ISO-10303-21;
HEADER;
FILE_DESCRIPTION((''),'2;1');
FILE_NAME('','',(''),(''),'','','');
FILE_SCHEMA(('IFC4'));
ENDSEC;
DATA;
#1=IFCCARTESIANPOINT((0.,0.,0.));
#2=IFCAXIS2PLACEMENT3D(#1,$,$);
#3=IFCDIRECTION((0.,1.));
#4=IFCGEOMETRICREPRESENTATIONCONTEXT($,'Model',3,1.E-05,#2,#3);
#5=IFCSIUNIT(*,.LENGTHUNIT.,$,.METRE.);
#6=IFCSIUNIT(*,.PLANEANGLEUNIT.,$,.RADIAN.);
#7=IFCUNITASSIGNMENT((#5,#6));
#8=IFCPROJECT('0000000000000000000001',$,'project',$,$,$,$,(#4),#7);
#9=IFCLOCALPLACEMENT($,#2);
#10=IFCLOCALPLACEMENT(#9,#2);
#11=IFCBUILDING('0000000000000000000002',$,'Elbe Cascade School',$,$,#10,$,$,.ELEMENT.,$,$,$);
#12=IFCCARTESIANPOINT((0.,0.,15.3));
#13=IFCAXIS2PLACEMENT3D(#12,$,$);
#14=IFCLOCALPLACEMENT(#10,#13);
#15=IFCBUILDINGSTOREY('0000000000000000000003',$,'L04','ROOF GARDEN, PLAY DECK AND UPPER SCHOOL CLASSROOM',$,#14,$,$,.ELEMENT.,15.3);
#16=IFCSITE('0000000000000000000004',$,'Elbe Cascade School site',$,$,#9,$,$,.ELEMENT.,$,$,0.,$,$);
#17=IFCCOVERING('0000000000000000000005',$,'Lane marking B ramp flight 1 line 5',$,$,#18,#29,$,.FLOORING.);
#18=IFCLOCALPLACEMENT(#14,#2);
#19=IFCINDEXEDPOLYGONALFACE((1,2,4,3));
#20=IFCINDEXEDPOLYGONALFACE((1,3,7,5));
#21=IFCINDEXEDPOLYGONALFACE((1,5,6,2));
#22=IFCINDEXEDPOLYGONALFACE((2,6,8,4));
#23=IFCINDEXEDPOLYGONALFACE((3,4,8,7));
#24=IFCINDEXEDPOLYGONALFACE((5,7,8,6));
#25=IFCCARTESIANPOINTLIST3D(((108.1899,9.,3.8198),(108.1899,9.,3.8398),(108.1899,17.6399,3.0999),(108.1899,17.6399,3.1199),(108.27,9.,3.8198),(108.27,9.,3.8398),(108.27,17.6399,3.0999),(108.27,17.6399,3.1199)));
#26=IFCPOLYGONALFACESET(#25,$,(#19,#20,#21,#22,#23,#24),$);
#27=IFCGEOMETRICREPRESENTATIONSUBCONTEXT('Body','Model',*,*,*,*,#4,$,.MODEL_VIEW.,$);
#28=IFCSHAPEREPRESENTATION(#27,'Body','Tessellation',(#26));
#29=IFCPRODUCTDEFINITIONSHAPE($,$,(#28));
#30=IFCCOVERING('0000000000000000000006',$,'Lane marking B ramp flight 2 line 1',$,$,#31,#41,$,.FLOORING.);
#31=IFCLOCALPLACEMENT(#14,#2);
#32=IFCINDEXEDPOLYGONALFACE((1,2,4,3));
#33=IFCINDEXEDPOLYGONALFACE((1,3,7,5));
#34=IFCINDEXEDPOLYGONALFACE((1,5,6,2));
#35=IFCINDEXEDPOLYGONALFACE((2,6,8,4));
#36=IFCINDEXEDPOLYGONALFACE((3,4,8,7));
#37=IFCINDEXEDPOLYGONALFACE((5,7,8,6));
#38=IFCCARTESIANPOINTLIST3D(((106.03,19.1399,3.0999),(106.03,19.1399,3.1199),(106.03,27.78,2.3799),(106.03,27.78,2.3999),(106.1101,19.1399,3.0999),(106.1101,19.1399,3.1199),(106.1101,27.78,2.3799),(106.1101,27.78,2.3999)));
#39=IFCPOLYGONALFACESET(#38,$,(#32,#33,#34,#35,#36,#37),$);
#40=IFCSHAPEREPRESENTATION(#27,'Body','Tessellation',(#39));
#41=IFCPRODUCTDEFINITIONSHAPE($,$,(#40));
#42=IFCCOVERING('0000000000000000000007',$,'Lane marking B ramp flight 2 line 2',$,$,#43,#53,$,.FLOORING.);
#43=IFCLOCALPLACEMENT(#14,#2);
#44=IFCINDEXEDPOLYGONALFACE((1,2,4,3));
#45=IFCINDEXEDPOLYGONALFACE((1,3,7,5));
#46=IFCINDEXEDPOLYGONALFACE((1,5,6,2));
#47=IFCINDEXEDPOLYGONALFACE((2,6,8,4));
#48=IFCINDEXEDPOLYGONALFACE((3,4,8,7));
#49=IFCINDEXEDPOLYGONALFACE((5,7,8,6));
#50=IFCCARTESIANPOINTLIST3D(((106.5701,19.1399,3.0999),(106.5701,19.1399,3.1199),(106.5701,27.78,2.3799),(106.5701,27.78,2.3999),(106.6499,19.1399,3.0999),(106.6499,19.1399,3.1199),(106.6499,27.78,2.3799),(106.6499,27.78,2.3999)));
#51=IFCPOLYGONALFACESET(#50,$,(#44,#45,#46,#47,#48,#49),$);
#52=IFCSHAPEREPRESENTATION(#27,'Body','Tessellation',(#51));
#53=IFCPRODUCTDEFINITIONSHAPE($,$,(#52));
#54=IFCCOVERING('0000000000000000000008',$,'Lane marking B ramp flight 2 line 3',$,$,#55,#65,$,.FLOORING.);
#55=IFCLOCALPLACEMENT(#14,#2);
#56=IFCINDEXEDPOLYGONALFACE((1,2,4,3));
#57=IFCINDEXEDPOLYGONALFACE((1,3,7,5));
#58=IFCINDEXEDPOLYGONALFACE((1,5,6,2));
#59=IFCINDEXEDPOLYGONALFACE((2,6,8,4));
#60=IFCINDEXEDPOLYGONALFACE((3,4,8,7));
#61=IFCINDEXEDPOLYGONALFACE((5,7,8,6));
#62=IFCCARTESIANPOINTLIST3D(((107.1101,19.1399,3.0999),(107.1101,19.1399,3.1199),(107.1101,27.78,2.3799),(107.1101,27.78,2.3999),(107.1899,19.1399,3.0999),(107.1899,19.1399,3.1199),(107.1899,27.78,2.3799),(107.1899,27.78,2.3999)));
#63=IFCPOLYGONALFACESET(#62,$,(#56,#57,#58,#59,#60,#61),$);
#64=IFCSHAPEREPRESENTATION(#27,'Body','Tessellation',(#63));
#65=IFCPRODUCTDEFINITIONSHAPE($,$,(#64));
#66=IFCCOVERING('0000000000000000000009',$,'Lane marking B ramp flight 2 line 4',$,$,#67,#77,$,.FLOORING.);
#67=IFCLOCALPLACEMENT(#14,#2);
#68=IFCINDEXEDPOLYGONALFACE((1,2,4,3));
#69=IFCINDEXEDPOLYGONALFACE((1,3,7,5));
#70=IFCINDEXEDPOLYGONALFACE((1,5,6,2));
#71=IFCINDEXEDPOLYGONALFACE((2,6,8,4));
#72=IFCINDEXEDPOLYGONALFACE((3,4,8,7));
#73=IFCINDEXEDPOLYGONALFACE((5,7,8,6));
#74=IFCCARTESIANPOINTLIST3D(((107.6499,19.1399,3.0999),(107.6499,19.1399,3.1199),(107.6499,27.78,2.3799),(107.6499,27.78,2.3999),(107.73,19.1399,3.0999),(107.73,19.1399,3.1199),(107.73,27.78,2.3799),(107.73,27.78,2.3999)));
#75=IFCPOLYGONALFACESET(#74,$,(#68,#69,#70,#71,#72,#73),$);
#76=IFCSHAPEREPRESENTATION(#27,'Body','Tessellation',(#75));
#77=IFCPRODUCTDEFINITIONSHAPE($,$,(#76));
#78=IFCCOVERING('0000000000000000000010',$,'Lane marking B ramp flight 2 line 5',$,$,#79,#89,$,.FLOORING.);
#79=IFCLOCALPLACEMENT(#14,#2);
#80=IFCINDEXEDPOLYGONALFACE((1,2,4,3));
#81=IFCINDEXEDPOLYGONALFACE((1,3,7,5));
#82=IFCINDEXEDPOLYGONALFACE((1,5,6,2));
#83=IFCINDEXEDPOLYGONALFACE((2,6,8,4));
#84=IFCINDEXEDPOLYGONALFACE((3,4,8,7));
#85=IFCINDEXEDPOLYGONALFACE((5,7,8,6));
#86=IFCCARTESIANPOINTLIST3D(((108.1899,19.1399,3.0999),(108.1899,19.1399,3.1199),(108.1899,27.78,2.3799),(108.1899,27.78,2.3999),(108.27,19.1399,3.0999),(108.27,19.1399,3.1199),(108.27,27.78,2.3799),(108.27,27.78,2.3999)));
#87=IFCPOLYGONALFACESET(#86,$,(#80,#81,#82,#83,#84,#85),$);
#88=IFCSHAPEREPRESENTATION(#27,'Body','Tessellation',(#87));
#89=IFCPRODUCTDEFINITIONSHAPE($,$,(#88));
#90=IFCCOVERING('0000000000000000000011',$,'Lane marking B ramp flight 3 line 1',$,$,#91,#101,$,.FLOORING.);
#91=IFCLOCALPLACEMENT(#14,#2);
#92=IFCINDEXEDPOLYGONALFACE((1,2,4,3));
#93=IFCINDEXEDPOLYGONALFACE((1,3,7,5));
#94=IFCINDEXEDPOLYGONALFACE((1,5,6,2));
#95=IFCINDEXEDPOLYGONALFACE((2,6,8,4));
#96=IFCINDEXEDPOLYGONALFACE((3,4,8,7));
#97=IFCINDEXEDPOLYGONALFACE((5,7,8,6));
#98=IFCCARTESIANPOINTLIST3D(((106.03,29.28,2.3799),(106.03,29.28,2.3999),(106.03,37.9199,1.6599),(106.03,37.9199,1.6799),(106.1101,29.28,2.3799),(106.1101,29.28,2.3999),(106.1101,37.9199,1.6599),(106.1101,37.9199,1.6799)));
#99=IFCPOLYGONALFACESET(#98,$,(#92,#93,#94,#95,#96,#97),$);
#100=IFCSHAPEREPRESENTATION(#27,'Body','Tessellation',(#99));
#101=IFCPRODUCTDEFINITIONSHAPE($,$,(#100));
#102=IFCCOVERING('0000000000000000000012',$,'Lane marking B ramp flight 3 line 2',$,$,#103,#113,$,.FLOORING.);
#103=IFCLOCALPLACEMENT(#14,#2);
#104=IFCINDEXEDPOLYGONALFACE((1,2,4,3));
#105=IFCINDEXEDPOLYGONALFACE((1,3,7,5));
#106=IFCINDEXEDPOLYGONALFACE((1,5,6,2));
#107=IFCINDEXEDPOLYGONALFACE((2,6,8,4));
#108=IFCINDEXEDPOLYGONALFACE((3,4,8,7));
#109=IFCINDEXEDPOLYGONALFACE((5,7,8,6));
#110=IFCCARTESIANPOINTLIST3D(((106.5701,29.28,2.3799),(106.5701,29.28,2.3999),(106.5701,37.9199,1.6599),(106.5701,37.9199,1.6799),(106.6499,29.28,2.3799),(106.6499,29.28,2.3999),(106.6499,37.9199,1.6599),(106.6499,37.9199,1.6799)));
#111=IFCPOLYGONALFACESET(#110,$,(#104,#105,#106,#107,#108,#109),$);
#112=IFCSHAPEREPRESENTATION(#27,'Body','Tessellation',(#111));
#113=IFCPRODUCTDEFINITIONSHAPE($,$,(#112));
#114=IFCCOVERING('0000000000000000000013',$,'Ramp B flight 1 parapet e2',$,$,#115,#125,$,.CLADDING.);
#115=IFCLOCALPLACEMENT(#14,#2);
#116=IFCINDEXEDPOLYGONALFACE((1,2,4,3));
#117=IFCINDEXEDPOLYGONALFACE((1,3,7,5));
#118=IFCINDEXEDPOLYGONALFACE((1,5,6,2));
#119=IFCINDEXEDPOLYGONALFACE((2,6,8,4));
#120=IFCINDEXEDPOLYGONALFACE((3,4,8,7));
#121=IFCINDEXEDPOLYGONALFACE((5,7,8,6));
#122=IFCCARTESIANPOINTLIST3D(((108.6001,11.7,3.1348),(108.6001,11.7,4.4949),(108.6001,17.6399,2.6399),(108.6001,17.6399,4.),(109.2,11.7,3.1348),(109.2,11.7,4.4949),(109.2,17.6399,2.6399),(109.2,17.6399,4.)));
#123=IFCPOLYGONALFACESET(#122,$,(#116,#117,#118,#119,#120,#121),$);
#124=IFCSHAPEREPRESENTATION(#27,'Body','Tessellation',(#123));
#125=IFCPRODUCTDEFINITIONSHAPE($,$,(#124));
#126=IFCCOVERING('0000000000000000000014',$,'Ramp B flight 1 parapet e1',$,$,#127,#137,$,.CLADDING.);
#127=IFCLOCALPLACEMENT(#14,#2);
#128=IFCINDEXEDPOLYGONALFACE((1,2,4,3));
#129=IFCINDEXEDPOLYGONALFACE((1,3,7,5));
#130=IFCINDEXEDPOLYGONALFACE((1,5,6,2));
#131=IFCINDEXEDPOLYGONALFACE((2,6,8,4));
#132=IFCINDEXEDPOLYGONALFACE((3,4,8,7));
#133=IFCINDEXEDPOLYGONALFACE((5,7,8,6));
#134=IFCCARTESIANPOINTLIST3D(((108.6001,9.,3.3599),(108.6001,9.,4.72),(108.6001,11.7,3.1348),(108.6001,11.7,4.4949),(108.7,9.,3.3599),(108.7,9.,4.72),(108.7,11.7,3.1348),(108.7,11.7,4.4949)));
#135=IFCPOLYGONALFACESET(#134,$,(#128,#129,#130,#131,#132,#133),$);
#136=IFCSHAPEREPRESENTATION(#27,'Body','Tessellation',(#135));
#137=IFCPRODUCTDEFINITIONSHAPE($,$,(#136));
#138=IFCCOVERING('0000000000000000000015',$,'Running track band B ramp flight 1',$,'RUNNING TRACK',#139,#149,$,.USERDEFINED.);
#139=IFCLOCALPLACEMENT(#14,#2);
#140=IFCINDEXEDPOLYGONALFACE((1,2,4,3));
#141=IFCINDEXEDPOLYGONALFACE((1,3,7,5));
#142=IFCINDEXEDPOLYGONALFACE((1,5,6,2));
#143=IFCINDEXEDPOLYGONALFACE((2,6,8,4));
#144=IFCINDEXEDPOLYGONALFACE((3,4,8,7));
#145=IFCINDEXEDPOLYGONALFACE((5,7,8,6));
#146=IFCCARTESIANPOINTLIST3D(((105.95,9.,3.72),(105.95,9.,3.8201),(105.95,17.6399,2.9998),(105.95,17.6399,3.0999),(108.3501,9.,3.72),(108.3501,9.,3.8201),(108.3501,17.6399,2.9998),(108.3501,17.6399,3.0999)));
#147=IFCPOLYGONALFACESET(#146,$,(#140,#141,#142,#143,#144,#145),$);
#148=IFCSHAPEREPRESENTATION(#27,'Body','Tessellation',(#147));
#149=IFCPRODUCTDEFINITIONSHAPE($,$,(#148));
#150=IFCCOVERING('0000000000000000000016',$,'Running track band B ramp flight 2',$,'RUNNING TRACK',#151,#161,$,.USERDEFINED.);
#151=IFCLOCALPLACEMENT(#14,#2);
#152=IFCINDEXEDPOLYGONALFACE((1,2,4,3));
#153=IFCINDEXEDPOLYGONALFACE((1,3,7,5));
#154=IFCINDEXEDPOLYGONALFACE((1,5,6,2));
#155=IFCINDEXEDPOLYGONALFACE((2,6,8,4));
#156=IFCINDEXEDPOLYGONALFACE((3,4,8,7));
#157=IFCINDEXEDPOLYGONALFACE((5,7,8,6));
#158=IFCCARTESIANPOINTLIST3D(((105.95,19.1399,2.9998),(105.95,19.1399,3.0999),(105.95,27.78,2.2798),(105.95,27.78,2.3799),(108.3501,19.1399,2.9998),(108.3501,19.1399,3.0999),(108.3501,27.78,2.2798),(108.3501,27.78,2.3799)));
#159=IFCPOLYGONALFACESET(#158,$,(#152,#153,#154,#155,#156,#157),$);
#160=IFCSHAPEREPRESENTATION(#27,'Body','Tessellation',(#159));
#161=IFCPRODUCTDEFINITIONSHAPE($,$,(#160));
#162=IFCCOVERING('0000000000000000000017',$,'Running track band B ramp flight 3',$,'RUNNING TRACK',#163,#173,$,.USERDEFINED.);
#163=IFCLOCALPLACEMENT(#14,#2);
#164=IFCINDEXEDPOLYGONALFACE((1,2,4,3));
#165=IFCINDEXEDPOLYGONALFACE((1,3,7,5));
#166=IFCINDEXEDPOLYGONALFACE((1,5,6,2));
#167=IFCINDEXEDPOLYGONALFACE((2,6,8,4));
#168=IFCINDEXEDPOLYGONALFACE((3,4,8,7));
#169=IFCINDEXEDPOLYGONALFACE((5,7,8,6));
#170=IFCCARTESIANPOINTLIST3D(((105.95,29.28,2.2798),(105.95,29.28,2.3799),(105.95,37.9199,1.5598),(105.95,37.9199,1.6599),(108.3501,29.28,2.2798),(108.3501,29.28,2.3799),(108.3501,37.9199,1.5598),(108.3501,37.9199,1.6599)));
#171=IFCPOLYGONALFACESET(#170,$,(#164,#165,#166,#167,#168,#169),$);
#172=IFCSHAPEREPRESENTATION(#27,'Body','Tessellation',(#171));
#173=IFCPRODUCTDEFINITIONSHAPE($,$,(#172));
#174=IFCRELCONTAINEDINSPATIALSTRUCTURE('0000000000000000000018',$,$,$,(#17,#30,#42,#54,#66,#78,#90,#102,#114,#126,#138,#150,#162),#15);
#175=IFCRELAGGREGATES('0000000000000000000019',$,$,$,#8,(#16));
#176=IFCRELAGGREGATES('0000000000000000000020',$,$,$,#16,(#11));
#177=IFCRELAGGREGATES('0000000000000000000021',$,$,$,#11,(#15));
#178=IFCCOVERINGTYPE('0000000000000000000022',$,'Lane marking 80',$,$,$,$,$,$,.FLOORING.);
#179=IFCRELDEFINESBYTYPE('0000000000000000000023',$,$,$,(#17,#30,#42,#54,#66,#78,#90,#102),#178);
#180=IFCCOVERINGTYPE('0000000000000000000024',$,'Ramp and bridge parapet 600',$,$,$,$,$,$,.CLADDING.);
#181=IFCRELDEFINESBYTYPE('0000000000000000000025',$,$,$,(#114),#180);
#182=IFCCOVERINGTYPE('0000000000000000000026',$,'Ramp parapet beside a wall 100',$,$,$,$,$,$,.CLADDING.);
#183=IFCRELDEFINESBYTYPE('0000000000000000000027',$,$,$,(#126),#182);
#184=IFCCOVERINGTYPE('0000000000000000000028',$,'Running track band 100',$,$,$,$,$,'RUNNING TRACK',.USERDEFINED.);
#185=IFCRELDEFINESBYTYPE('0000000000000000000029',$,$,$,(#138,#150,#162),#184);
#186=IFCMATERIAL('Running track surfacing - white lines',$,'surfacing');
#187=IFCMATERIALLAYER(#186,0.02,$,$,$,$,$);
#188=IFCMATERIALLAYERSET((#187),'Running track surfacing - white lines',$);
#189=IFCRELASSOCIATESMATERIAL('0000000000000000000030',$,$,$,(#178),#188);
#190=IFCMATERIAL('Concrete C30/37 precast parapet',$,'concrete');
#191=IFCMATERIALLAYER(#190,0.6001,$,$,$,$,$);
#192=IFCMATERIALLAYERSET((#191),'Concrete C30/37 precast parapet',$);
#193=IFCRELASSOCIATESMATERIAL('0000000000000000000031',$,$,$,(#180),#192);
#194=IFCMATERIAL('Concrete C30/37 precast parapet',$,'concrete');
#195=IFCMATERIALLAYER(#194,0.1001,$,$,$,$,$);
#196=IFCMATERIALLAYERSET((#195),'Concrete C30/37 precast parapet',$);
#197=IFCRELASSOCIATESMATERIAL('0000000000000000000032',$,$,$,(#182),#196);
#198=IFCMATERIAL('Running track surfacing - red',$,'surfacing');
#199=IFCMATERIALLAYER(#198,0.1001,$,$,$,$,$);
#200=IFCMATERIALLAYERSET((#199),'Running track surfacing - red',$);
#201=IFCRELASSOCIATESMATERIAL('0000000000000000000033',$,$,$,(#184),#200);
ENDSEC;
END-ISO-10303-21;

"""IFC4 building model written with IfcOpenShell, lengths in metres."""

from ifc_helpers import new_model, si_unit, direction, frame, origin, place, context, subcontext, project, spatial, polyline, outline, extrude, material, layer, layer_set, type_object, element, save


model = new_model("IFC4")

# Units and contexts
model_context = context("Model", 3, precision=1e-05, world=origin(), true_north=direction((0.0, 1.0)))
body_context = subcontext(model_context, "Body", "Model", "MODEL_VIEW")
ifc_project = project(units=[si_unit("LENGTHUNIT", "METRE"), si_unit("PLANEANGLEUNIT", "RADIAN")], contexts=[model_context])

# Site, building, storey
site_placement = place(None, origin())
site = spatial("IfcSite", under=ifc_project, at=site_placement, Name="Elbe Cascade School site", CompositionType="ELEMENT", RefElevation=0.0)
building_placement = place(site_placement, origin())
building = spatial("IfcBuilding", under=site, at=building_placement, Name="Elbe Cascade School", CompositionType="ELEMENT")
storey_placement = place(building_placement, frame((0.0, 0.0, 15.3)))
storey = spatial("IfcBuildingStorey", under=building, at=storey_placement, Name="L04", Description="ROOF GARDEN, PLAY DECK AND UPPER SCHOOL CLASSROOM", CompositionType="ELEMENT", Elevation=15.3)

# Coverings
ifc_material_1 = material(Name="Running track surfacing - white lines", Category="surfacing")
ifc_layer_1 = layer(ifc_material_1, 0.02)
ifc_layer_set_1 = layer_set([ifc_layer_1], Name="Running track surfacing - white lines")
covering_type_1 = type_object("IfcCoveringType", Name="Lane marking 80", PredefinedType="FLOORING", material=ifc_layer_set_1)
for number, where, z_axis, x_axis, name in (
    (1, (108.1899, 9.0, 3.8398), (0.0, 0.083043, 0.996546), (0.0, 0.996546, -0.083043), "Lane marking B ramp flight 1 line 5"),
):
    element("IfcCovering", number, at=place(storey_placement, frame(where, z_axis=z_axis, x_axis=x_axis)), inside=storey, type_object=covering_type_1, Name=name, PredefinedType="FLOORING", context=body_context, shape_type="SweptSolid", body=[
        extrude(outline(polyline([(0.0, 0.0), (8.6698, 0.0), (8.6698, -0.0801), (0.0, -0.0801), (0.0, 0.0)])), origin(), (0.083043, 0.0, -0.996546), 0.02),
    ])
covering_1_placement = place(storey_placement, frame((106.03, 19.1399, 3.1199), z_axis=(0.0, 0.083041, 0.996546), x_axis=(0.0, 0.996546, -0.083041)))
element("IfcCovering", 2, at=covering_1_placement, inside=storey, type_object=covering_type_1, Name="Lane marking B ramp flight 2 line 1", PredefinedType="FLOORING", context=body_context, shape_type="SweptSolid", body=[
    extrude(outline(polyline([(0.0, 0.0), (8.6701, 0.0), (8.6701, -0.0801), (0.0, -0.0801), (0.0, 0.0)])), origin(), (0.083041, 0.0, -0.996546), 0.02),
])
for number, where, z_axis, x_axis, name in (
    (3, (106.5701, 19.1399, 3.1199), (0.0, 0.083041, 0.996546), (0.0, 0.996546, -0.083041), "Lane marking B ramp flight 2 line 2"),
    (4, (107.1101, 19.1399, 3.1199), (0.0, 0.083041, 0.996546), (0.0, 0.996546, -0.083041), "Lane marking B ramp flight 2 line 3"),
):
    element("IfcCovering", number, at=place(storey_placement, frame(where, z_axis=z_axis, x_axis=x_axis)), inside=storey, type_object=covering_type_1, Name=name, PredefinedType="FLOORING", context=body_context, shape_type="SweptSolid", body=[
        extrude(outline(polyline([(0.0, 0.0), (8.6701, 0.0), (8.6701, -0.0798), (0.0, -0.0798), (0.0, 0.0)])), origin(), (0.083041, 0.0, -0.996546), 0.02),
    ])
for number, where, z_axis, x_axis, name in (
    (5, (107.6499, 19.1399, 3.1199), (0.0, 0.083041, 0.996546), (0.0, 0.996546, -0.083041), "Lane marking B ramp flight 2 line 4"),
    (6, (108.1899, 19.1399, 3.1199), (0.0, 0.083041, 0.996546), (0.0, 0.996546, -0.083041), "Lane marking B ramp flight 2 line 5"),
):
    element("IfcCovering", number, at=place(storey_placement, frame(where, z_axis=z_axis, x_axis=x_axis)), inside=storey, type_object=covering_type_1, Name=name, PredefinedType="FLOORING", context=body_context, shape_type="SweptSolid", body=[
        extrude(outline(polyline([(0.0, 0.0), (8.6701, 0.0), (8.6701, -0.0801), (0.0, -0.0801), (0.0, 0.0)])), origin(), (0.083041, 0.0, -0.996546), 0.02),
    ])
covering_2_placement = place(storey_placement, frame((106.03, 29.28, 2.3999), z_axis=(0.0, 0.083043, 0.996546), x_axis=(0.0, 0.996546, -0.083043)))
element("IfcCovering", 7, at=covering_2_placement, inside=storey, type_object=covering_type_1, Name="Lane marking B ramp flight 3 line 1", PredefinedType="FLOORING", context=body_context, shape_type="SweptSolid", body=[
    extrude(outline(polyline([(0.0, 0.0), (8.6698, 0.0), (8.6698, -0.0801), (0.0, -0.0801), (0.0, 0.0)])), origin(), (0.083043, 0.0, -0.996546), 0.02),
])
covering_3_placement = place(storey_placement, frame((106.5701, 29.28, 2.3999), z_axis=(0.0, 0.083043, 0.996546), x_axis=(0.0, 0.996546, -0.083043)))
element("IfcCovering", 8, at=covering_3_placement, inside=storey, type_object=covering_type_1, Name="Lane marking B ramp flight 3 line 2", PredefinedType="FLOORING", context=body_context, shape_type="SweptSolid", body=[
    extrude(outline(polyline([(0.0, 0.0), (8.6698, 0.0), (8.6698, -0.0798), (0.0, -0.0798), (0.0, 0.0)])), origin(), (0.083043, 0.0, -0.996546), 0.02),
])
ifc_material_2 = material(Name="Concrete C30/37 precast parapet", Category="concrete")
ifc_layer_2 = layer(ifc_material_2, 0.6001)
ifc_layer_set_2 = layer_set([ifc_layer_2], Name="Concrete C30/37 precast parapet")
covering_type_2 = type_object("IfcCoveringType", Name="Ramp and bridge parapet 600", PredefinedType="CLADDING", material=ifc_layer_set_2)
covering_4_placement = place(storey_placement, frame((108.6001, 11.7, 4.4949), z_axis=(0.0, 0.083025, 0.996547), x_axis=(0.0, 0.996547, -0.083025)))
element("IfcCovering", 9, at=covering_4_placement, inside=storey, type_object=covering_type_2, Name="Ramp B flight 1 parapet e2", PredefinedType="CLADDING", context=body_context, shape_type="SweptSolid", body=[
    extrude(outline(polyline([(0.0, 0.0), (5.9605, 0.0), (5.9605, -0.5999), (0.0, -0.5999), (0.0, 0.0)])), origin(), (0.083025, 0.0, -0.996547), 1.3601),
])
ifc_material_3 = material(Name="Concrete C30/37 precast parapet", Category="concrete")
ifc_layer_3 = layer(ifc_material_3, 0.1001)
ifc_layer_set_3 = layer_set([ifc_layer_3], Name="Concrete C30/37 precast parapet")
covering_type_3 = type_object("IfcCoveringType", Name="Ramp parapet beside a wall 100", PredefinedType="CLADDING", material=ifc_layer_set_3)
covering_5_placement = place(storey_placement, frame((108.6001, 9.0, 4.72), z_axis=(0.0, 0.083083, 0.996543), x_axis=(0.0, 0.996543, -0.083083)))
element("IfcCovering", 10, at=covering_5_placement, inside=storey, type_object=covering_type_3, Name="Ramp B flight 1 parapet e1", PredefinedType="CLADDING", context=body_context, shape_type="SweptSolid", body=[
    extrude(outline(polyline([(0.0, 0.0), (2.7093, 0.0), (2.7093, -0.0999), (0.0, -0.0999), (0.0, 0.0)])), origin(), (0.083083, 0.0, -0.996543), 1.3601),
])
ifc_material_4 = material(Name="Running track surfacing - red", Category="surfacing")
ifc_layer_4 = layer(ifc_material_4, 0.1001)
ifc_layer_set_4 = layer_set([ifc_layer_4], Name="Running track surfacing - red")
covering_type_4 = type_object("IfcCoveringType", Name="Running track band 100", ElementType="RUNNING TRACK", PredefinedType="USERDEFINED", material=ifc_layer_set_4)
covering_6_placement = place(storey_placement, frame((105.95, 9.0, 3.8201), z_axis=(0.0, 0.083071, 0.996544), x_axis=(0.0, 0.996544, -0.083071)))
element("IfcCovering", 11, at=covering_6_placement, inside=storey, type_object=covering_type_4, Name="Running track band B ramp flight 1", ObjectType="RUNNING TRACK", PredefinedType="USERDEFINED", context=body_context, shape_type="SweptSolid", body=[
    extrude(outline(polyline([(0.0, 0.0), (8.6699, 0.0), (8.6699, -2.4001), (0.0, -2.4001), (0.0, 0.0)])), origin(), (0.083071, 0.0, -0.996544), 0.1001),
])
covering_7_placement = place(storey_placement, frame((105.95, 19.1399, 3.0999), z_axis=(0.0, 0.083041, 0.996546), x_axis=(0.0, 0.996546, -0.083041)))
element("IfcCovering", 12, at=covering_7_placement, inside=storey, type_object=covering_type_4, Name="Running track band B ramp flight 2", ObjectType="RUNNING TRACK", PredefinedType="USERDEFINED", context=body_context, shape_type="SweptSolid", body=[
    extrude(outline(polyline([(0.0, 0.0), (8.6701, 0.0), (8.6701, -2.4001), (0.0, -2.4001), (0.0, 0.0)])), origin(), (0.083041, 0.0, -0.996546), 0.1001),
])
covering_8_placement = place(storey_placement, frame((105.95, 29.28, 2.3799), z_axis=(0.0, 0.083043, 0.996546), x_axis=(0.0, 0.996546, -0.083043)))
element("IfcCovering", 13, at=covering_8_placement, inside=storey, type_object=covering_type_4, Name="Running track band B ramp flight 3", ObjectType="RUNNING TRACK", PredefinedType="USERDEFINED", context=body_context, shape_type="SweptSolid", body=[
    extrude(outline(polyline([(0.0, 0.0), (8.6698, 0.0), (8.6698, -2.4001), (0.0, -2.4001), (0.0, 0.0)])), origin(), (0.083043, 0.0, -0.996546), 0.1001),
])

save(model, "model.ifc")
